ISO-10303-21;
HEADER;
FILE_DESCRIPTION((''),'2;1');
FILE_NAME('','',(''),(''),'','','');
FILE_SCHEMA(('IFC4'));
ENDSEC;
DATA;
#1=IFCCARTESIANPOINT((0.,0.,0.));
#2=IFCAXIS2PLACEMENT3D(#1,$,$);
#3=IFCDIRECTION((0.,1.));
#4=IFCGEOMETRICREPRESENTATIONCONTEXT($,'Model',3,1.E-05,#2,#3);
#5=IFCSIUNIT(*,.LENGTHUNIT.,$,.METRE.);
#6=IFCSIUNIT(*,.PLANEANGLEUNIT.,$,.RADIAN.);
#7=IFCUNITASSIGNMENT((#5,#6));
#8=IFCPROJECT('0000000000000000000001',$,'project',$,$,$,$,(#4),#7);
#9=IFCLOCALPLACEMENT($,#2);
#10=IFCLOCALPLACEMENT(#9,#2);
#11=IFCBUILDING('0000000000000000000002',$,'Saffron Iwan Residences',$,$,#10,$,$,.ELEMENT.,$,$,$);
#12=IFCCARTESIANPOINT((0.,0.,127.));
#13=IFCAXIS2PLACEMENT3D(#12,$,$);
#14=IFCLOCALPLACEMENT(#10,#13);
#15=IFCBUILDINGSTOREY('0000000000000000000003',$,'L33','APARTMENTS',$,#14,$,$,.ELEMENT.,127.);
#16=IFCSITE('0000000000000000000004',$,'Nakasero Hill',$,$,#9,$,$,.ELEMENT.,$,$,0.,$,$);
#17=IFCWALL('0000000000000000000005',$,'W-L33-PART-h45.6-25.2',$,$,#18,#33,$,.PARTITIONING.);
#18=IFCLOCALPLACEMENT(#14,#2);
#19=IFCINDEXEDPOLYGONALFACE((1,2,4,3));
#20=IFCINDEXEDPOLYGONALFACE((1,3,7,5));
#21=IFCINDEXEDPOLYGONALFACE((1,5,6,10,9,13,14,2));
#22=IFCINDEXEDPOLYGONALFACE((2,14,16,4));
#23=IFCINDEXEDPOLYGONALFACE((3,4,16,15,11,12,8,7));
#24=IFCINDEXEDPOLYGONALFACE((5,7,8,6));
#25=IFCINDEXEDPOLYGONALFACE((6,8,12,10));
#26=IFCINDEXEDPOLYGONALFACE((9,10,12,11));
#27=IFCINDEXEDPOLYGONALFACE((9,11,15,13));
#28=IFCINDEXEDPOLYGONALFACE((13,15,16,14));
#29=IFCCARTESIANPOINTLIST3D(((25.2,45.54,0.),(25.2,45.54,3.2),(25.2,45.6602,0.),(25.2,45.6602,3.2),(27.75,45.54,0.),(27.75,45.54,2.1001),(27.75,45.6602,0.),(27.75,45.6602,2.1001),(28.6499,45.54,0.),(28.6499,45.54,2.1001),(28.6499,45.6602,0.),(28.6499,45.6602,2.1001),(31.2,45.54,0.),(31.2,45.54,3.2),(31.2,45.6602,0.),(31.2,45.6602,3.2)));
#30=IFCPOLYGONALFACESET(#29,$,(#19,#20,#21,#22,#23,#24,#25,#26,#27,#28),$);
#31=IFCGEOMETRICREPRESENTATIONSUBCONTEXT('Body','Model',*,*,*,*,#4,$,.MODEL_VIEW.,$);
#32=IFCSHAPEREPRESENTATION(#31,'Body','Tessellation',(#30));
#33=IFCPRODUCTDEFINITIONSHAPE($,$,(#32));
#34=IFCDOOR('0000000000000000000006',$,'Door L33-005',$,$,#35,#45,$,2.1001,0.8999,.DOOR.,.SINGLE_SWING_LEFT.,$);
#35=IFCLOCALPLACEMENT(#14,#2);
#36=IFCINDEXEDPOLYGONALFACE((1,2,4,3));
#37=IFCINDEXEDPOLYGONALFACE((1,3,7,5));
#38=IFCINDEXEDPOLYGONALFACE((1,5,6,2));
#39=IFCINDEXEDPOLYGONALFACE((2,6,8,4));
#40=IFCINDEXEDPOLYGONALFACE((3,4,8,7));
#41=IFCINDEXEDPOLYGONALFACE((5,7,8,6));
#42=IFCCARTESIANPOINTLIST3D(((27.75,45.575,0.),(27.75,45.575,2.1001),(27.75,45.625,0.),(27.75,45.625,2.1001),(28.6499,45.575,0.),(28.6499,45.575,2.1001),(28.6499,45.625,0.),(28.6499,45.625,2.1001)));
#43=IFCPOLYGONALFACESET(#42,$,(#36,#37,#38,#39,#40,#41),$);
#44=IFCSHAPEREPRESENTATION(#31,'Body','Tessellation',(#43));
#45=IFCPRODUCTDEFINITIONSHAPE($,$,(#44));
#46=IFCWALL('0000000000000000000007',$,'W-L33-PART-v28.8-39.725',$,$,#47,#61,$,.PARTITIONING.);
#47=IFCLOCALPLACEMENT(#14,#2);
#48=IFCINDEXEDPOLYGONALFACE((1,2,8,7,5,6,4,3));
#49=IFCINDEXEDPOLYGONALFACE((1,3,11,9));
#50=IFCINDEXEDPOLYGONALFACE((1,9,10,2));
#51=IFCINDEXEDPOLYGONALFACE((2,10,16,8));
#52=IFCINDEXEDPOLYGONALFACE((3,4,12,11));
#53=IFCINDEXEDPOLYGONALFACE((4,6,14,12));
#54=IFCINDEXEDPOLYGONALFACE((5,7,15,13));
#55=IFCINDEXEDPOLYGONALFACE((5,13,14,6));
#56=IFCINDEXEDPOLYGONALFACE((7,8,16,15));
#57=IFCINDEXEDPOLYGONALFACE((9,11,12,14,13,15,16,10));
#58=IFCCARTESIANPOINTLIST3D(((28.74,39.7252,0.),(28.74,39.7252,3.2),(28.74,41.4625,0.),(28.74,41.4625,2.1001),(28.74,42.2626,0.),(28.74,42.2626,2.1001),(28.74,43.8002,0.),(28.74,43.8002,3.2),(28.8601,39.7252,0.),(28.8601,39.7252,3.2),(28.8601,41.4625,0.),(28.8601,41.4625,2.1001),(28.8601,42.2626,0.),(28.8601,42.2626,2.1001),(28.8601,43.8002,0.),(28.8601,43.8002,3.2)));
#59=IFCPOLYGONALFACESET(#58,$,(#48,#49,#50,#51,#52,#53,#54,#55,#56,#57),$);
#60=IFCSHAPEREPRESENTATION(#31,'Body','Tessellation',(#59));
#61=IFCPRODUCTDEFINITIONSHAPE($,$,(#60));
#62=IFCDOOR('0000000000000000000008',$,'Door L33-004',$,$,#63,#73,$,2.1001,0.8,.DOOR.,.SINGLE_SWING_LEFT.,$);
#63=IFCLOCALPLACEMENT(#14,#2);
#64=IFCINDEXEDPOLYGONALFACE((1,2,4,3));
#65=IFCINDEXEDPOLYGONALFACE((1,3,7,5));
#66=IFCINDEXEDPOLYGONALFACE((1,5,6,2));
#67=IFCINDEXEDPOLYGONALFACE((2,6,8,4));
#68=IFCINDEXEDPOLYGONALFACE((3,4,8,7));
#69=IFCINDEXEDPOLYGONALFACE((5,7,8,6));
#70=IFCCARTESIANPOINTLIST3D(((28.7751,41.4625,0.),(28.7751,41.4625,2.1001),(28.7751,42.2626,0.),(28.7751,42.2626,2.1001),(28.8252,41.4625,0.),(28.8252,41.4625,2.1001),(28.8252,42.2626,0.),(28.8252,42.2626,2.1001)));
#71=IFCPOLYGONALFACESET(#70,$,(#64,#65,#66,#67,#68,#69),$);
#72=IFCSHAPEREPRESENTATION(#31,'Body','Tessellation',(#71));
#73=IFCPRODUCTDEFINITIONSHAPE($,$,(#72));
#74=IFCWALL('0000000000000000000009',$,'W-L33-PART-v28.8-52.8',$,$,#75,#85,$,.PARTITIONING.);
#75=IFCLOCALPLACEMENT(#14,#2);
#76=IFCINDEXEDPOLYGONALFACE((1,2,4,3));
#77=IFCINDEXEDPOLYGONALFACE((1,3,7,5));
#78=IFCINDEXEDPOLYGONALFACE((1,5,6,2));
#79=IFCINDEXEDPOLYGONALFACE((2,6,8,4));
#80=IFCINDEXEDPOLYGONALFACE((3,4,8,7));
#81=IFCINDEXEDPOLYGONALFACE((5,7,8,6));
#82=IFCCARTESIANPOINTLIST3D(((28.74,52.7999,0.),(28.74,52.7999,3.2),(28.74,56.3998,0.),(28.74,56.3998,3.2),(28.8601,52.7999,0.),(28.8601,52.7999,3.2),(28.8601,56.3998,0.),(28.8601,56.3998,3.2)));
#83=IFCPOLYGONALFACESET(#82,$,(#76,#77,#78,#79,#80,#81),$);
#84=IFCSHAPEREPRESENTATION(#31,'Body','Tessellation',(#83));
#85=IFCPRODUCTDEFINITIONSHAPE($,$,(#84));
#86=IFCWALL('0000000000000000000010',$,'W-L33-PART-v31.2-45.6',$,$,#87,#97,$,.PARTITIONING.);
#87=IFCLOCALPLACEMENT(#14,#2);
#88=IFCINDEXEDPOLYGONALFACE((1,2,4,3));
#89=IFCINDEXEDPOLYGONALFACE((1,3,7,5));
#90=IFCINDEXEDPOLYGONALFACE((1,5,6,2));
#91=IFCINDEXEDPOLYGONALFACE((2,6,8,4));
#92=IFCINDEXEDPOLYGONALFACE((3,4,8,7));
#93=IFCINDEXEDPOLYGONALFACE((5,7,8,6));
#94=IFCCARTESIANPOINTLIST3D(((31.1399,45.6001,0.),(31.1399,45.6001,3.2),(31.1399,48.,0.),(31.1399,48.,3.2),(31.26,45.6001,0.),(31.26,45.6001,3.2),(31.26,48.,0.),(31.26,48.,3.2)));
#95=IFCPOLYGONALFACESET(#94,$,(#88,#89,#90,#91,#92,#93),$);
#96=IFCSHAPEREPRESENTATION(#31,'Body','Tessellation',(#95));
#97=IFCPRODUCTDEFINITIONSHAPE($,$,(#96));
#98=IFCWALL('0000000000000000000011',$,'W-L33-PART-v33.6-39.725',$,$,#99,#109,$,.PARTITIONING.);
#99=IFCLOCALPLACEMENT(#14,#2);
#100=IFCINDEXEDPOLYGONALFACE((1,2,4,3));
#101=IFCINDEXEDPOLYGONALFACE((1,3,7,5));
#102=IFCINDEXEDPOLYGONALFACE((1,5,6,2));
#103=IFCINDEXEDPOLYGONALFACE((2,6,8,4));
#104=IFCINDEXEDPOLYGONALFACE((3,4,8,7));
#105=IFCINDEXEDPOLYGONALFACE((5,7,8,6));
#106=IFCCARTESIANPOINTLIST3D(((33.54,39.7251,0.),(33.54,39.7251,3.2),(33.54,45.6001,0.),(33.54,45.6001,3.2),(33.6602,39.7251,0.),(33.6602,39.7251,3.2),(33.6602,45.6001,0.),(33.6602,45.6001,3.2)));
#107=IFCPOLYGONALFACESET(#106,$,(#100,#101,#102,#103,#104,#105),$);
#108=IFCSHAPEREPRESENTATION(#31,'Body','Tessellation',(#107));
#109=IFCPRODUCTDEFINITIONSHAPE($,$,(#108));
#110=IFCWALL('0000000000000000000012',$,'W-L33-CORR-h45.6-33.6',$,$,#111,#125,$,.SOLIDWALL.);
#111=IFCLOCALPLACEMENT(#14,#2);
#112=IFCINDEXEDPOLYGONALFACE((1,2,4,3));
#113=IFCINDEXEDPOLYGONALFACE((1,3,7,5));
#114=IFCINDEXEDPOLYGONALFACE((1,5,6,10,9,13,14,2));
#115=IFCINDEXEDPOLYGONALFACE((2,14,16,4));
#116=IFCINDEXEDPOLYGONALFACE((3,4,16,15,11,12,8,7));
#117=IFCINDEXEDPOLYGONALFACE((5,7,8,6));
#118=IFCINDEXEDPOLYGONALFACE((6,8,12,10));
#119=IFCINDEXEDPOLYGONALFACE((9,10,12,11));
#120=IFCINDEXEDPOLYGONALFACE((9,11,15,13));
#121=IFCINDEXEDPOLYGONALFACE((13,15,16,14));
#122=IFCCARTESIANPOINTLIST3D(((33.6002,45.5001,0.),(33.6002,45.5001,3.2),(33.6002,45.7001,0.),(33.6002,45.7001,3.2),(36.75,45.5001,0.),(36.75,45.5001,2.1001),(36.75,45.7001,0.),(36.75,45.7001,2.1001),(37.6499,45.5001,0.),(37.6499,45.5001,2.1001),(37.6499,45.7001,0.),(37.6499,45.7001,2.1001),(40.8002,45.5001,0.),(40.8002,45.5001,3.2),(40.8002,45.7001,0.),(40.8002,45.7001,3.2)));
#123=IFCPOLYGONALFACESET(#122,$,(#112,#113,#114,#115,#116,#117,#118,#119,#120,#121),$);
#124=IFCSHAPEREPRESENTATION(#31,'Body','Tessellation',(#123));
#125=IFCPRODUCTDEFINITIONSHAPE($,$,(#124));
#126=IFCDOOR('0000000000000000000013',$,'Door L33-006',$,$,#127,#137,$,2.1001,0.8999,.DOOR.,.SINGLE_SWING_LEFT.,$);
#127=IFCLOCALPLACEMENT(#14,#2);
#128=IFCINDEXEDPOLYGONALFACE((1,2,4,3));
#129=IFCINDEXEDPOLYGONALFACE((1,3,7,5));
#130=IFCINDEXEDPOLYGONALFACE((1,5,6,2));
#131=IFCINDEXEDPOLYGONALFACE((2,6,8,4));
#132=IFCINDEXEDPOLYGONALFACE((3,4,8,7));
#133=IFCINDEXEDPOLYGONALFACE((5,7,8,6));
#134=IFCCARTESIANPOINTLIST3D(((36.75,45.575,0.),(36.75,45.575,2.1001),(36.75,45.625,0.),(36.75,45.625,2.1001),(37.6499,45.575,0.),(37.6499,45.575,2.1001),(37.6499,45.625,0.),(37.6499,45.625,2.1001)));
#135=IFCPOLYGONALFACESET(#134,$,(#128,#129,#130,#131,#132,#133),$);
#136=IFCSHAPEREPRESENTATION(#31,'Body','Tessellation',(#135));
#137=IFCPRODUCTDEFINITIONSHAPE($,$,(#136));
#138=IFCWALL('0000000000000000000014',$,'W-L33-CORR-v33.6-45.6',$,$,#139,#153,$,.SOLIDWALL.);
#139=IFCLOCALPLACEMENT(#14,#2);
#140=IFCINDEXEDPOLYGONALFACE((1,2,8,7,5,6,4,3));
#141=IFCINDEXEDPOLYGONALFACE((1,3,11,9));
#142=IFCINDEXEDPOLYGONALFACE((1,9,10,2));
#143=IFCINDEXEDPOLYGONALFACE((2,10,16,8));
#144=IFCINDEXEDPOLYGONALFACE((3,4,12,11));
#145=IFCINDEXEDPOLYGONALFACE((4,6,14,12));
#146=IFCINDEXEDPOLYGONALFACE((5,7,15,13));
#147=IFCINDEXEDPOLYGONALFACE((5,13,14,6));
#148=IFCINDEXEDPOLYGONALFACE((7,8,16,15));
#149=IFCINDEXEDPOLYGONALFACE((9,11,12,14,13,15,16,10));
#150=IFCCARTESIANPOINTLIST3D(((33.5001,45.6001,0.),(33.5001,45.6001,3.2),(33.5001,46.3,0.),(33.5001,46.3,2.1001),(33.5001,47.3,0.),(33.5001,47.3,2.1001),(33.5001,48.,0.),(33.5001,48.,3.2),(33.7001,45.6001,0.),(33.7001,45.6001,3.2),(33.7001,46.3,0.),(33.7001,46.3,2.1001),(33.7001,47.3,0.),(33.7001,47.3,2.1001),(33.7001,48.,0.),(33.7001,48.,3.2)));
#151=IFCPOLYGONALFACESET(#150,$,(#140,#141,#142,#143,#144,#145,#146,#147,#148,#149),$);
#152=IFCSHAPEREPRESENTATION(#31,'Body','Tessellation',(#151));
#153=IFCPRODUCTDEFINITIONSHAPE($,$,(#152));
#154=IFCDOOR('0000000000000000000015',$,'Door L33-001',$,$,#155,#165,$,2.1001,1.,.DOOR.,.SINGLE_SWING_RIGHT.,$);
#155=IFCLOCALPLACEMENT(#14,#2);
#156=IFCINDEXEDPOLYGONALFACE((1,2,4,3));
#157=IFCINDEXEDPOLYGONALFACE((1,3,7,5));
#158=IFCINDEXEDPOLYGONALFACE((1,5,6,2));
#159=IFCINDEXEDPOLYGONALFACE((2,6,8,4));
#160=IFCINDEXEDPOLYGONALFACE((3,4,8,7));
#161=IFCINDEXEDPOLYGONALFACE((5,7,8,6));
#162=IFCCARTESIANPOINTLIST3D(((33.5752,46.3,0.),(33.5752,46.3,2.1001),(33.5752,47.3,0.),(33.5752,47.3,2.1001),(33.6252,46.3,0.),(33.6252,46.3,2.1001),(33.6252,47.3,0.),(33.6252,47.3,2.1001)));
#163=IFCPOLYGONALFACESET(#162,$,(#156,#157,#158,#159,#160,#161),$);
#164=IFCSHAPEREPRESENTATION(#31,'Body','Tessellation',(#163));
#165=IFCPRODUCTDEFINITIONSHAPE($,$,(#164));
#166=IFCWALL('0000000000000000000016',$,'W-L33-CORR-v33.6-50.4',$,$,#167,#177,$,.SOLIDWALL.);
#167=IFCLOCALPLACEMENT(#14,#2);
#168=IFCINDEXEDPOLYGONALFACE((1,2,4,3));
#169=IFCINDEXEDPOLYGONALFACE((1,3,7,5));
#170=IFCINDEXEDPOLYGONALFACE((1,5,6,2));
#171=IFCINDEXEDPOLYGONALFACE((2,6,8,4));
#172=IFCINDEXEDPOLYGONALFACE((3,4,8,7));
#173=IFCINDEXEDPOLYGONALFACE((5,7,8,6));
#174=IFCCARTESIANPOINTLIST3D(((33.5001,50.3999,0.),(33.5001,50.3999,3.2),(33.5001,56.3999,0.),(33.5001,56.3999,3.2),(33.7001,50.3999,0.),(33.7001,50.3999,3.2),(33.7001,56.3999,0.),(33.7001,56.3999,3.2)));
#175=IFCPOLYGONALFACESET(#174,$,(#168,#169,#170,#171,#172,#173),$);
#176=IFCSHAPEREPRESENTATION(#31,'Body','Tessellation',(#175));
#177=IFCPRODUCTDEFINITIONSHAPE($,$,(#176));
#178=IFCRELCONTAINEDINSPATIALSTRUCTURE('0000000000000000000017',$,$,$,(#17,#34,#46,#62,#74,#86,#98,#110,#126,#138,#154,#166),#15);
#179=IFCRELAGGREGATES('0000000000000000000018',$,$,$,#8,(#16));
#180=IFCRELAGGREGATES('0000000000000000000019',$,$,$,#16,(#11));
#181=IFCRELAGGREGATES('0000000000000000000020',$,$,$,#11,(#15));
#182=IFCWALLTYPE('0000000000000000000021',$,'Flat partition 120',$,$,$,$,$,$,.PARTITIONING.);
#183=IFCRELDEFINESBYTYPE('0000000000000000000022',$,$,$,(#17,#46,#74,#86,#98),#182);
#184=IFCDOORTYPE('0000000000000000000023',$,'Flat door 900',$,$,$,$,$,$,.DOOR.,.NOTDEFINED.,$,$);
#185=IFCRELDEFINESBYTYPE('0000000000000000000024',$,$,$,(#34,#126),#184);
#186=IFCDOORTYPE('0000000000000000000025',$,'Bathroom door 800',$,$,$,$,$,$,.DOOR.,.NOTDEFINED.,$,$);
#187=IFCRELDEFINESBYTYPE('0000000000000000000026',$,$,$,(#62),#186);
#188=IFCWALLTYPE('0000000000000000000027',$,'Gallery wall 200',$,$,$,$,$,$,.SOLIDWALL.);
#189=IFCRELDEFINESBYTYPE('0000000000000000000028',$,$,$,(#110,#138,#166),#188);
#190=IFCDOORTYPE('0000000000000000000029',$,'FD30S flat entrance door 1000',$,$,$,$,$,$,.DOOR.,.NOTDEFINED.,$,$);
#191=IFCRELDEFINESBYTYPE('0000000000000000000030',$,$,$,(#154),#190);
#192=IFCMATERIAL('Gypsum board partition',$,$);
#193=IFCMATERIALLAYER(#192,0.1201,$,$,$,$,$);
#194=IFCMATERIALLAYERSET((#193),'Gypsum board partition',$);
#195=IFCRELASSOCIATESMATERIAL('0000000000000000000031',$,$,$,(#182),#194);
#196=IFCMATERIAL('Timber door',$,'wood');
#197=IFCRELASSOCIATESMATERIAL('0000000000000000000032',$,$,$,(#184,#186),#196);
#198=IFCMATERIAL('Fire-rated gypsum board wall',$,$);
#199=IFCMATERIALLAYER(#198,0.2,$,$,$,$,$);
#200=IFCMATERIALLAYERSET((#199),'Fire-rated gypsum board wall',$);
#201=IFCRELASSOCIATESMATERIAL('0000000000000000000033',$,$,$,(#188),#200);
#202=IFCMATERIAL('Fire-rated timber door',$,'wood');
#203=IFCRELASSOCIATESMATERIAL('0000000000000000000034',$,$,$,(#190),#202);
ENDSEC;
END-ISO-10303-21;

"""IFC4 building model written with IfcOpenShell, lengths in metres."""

from ifc_helpers import new_model, si_unit, direction, frame, frame_2d, origin, place, context, subcontext, project, spatial, rectangle, extrude, material, layer, layer_set, type_object, element, fill, save


model = new_model("IFC4")

# Units and contexts
model_context = context("Model", 3, precision=1e-05, world=origin(), true_north=direction((0.0, 1.0)))
body_context = subcontext(model_context, "Body", "Model", "MODEL_VIEW")
ifc_project = project(units=[si_unit("LENGTHUNIT", "METRE"), si_unit("PLANEANGLEUNIT", "RADIAN")], contexts=[model_context])

# Site, building, storey
site_placement = place(None, origin())
site = spatial("IfcSite", under=ifc_project, at=site_placement, Name="Nakasero Hill", CompositionType="ELEMENT", RefElevation=0.0)
building_placement = place(site_placement, origin())
building = spatial("IfcBuilding", under=site, at=building_placement, Name="Saffron Iwan Residences", CompositionType="ELEMENT")
storey_placement = place(building_placement, frame((0.0, 0.0, 127.0)))
storey = spatial("IfcBuildingStorey", under=building, at=storey_placement, Name="L33", Description="APARTMENTS", CompositionType="ELEMENT", Elevation=127.0)

# Shared definitions
ifc_material_1 = material(Name="Gypsum board partition")
ifc_layer_1 = layer(ifc_material_1, 0.1201)
ifc_layer_set_1 = layer_set([ifc_layer_1], Name="Gypsum board partition")
wall_type_1 = type_object("IfcWallType", Name="Flat partition 120", PredefinedType="PARTITIONING", material=ifc_layer_set_1)

# Walls, openings, doors
ifc_material_2 = material(Name="Timber door", Category="wood")
door_type_1 = type_object("IfcDoorType", Name="Flat door 900", OperationType="NOTDEFINED", PredefinedType="DOOR", material=ifc_material_2)
wall_1_placement = place(storey_placement, frame((25.2, 45.6001, 0.0), z_axis=(0.0, 0.0, 1.0), x_axis=(1.0, 0.0, 0.0)))
wall_1 = element("IfcWall", 1, at=wall_1_placement, inside=storey, type_object=wall_type_1, Name="W-L33-PART-h45.6-25.2", PredefinedType="PARTITIONING", context=body_context, shape_type="SweptSolid", body=[
    extrude(rectangle(XDim=6.0, YDim=0.1201, at=frame_2d((3.0, 0.0))), origin(), (0.0, 0.0, 1.0), 3.2),
])
opening_1_placement = place(wall_1_placement, frame((2.55, 0.0, 0.0)))
opening_1 = element("IfcOpeningElement", 2, at=opening_1_placement, cuts=wall_1, PredefinedType="OPENING", context=body_context, shape_type="SweptSolid", body=[
    extrude(rectangle(XDim=0.8999, YDim=2.1001, at=frame_2d((0.45, 1.05))), frame((0.0, 0.0701, 0.0), z_axis=(0.0, -1.0, 0.0), x_axis=(1.0, 0.0, 0.0)), (0.0, 0.0, 1.0), 0.1401),
])
door_1_placement = place(opening_1_placement, origin())
door_1 = element("IfcDoor", 3, at=door_1_placement, inside=storey, type_object=door_type_1, Name="Door L33-005", OperationType="SINGLE_SWING_LEFT", OverallHeight=2.1001, OverallWidth=0.8999, PredefinedType="DOOR", context=body_context, shape_type="SweptSolid", body=[
    extrude(rectangle(XDim=0.8999, YDim=2.1001, at=frame_2d((0.45, 1.05))), frame((0.0, 0.0249, 0.0), z_axis=(0.0, -1.0, 0.0), x_axis=(1.0, 0.0, 0.0)), (0.0, 0.0, 1.0), 0.05),
])
fill(opening_1, door_1)
wall_2_placement = place(storey_placement, frame((28.8, 39.7251, 0.0), z_axis=(0.0, 0.0, 1.0), x_axis=(0.0, 1.0, 0.0)))
wall_2 = element("IfcWall", 4, at=wall_2_placement, inside=storey, type_object=wall_type_1, Name="W-L33-PART-v28.8-39.725", PredefinedType="PARTITIONING", context=body_context, shape_type="SweptSolid", body=[
    extrude(rectangle(XDim=4.075, YDim=0.1201, at=frame_2d((2.0376, 0.0))), origin(), (0.0, 0.0, 1.0), 3.2),
])
opening_2_placement = place(wall_2_placement, frame((1.7375, 0.0, 0.0)))
opening_2 = element("IfcOpeningElement", 5, at=opening_2_placement, cuts=wall_2, PredefinedType="OPENING", context=body_context, shape_type="SweptSolid", body=[
    extrude(rectangle(XDim=0.8, YDim=2.1001, at=frame_2d((0.3999, 1.05))), frame((0.0, 0.0701, 0.0), z_axis=(0.0, -1.0, 0.0), x_axis=(1.0, 0.0, 0.0)), (0.0, 0.0, 1.0), 0.1401),
])
door_type_2 = type_object("IfcDoorType", Name="Bathroom door 800", OperationType="NOTDEFINED", PredefinedType="DOOR", material=ifc_material_2)
door_2_placement = place(opening_2_placement, origin())
door_2 = element("IfcDoor", 6, at=door_2_placement, inside=storey, type_object=door_type_2, Name="Door L33-004", OperationType="SINGLE_SWING_LEFT", OverallHeight=2.1001, OverallWidth=0.8, PredefinedType="DOOR", context=body_context, shape_type="SweptSolid", body=[
    extrude(rectangle(XDim=0.8, YDim=2.1001, at=frame_2d((0.3999, 1.05))), frame((0.0, 0.0249, 0.0), z_axis=(0.0, -1.0, 0.0), x_axis=(1.0, 0.0, 0.0)), (0.0, 0.0, 1.0), 0.05),
])
fill(opening_2, door_2)

# Walls
wall_3_placement = place(storey_placement, frame((28.8, 52.8, 0.0), z_axis=(0.0, 0.0, 1.0), x_axis=(0.0, 1.0, 0.0)))
element("IfcWall", 7, at=wall_3_placement, inside=storey, type_object=wall_type_1, Name="W-L33-PART-v28.8-52.8", PredefinedType="PARTITIONING", context=body_context, shape_type="SweptSolid", body=[
    extrude(rectangle(XDim=3.5999, YDim=0.1201, at=frame_2d((1.7998, 0.0))), origin(), (0.0, 0.0, 1.0), 3.2),
])
wall_4_placement = place(storey_placement, frame((31.2, 45.6001, 0.0), z_axis=(0.0, 0.0, 1.0), x_axis=(0.0, 1.0, 0.0)))
element("IfcWall", 8, at=wall_4_placement, inside=storey, type_object=wall_type_1, Name="W-L33-PART-v31.2-45.6", PredefinedType="PARTITIONING", context=body_context, shape_type="SweptSolid", body=[
    extrude(rectangle(XDim=2.3999, YDim=0.1201, at=frame_2d((1.2, 0.0))), origin(), (0.0, 0.0, 1.0), 3.2),
])
wall_5_placement = place(storey_placement, frame((33.6001, 39.7251, 0.0), z_axis=(0.0, 0.0, 1.0), x_axis=(0.0, 1.0, 0.0)))
element("IfcWall", 9, at=wall_5_placement, inside=storey, type_object=wall_type_1, Name="W-L33-PART-v33.6-39.725", PredefinedType="PARTITIONING", context=body_context, shape_type="SweptSolid", body=[
    extrude(rectangle(XDim=5.875, YDim=0.1201, at=frame_2d((2.9375, 0.0))), origin(), (0.0, 0.0, 1.0), 3.2),
])

# Walls, openings, doors
ifc_material_3 = material(Name="Fire-rated gypsum board wall")
ifc_layer_2 = layer(ifc_material_3, 0.2)
ifc_layer_set_2 = layer_set([ifc_layer_2], Name="Fire-rated gypsum board wall")
wall_type_2 = type_object("IfcWallType", Name="Gallery wall 200", PredefinedType="SOLIDWALL", material=ifc_layer_set_2)
wall_6_placement = place(storey_placement, frame((33.6001, 45.6001, 0.0), z_axis=(0.0, 0.0, 1.0), x_axis=(1.0, 0.0, 0.0)))
wall_6 = element("IfcWall", 10, at=wall_6_placement, inside=storey, type_object=wall_type_2, Name="W-L33-CORR-h45.6-33.6", PredefinedType="SOLIDWALL", context=body_context, shape_type="SweptSolid", body=[
    extrude(rectangle(XDim=7.2, YDim=0.2, at=frame_2d((3.6001, 0.0))), origin(), (0.0, 0.0, 1.0), 3.2),
])
opening_3_placement = place(wall_6_placement, frame((3.1499, 0.0, 0.0)))
opening_3 = element("IfcOpeningElement", 11, at=opening_3_placement, cuts=wall_6, PredefinedType="OPENING", context=body_context, shape_type="SweptSolid", body=[
    extrude(rectangle(XDim=0.8999, YDim=2.1001, at=frame_2d((0.45, 1.05))), frame((0.0, 0.1099, 0.0), z_axis=(0.0, -1.0, 0.0), x_axis=(1.0, 0.0, 0.0)), (0.0, 0.0, 1.0), 0.22),
])
door_3_placement = place(opening_3_placement, origin())
door_3 = element("IfcDoor", 12, at=door_3_placement, inside=storey, type_object=door_type_1, Name="Door L33-006", OperationType="SINGLE_SWING_LEFT", OverallHeight=2.1001, OverallWidth=0.8999, PredefinedType="DOOR", context=body_context, shape_type="SweptSolid", body=[
    extrude(rectangle(XDim=0.8999, YDim=2.1001, at=frame_2d((0.45, 1.05))), frame((0.0, 0.0249, 0.0), z_axis=(0.0, -1.0, 0.0), x_axis=(1.0, 0.0, 0.0)), (0.0, 0.0, 1.0), 0.05),
])
fill(opening_3, door_3)
wall_7_placement = place(storey_placement, frame((33.6001, 45.6001, 0.0), z_axis=(0.0, 0.0, 1.0), x_axis=(0.0, 1.0, 0.0)))
wall_7 = element("IfcWall", 13, at=wall_7_placement, inside=storey, type_object=wall_type_2, Name="W-L33-CORR-v33.6-45.6", PredefinedType="SOLIDWALL", context=body_context, shape_type="SweptSolid", body=[
    extrude(rectangle(XDim=2.3999, YDim=0.2, at=frame_2d((1.2, 0.0))), origin(), (0.0, 0.0, 1.0), 3.2),
])
opening_4_placement = place(wall_7_placement, frame((0.7, 0.0, 0.0)))
opening_4 = element("IfcOpeningElement", 14, at=opening_4_placement, cuts=wall_7, PredefinedType="OPENING", context=body_context, shape_type="SweptSolid", body=[
    extrude(rectangle(XDim=1.0, YDim=2.1001, at=frame_2d((0.5, 1.05))), frame((0.0, 0.1099, 0.0), z_axis=(0.0, -1.0, 0.0), x_axis=(1.0, 0.0, 0.0)), (0.0, 0.0, 1.0), 0.22),
])
ifc_material_4 = material(Name="Fire-rated timber door", Category="wood")
door_type_3 = type_object("IfcDoorType", Name="FD30S flat entrance door 1000", OperationType="NOTDEFINED", PredefinedType="DOOR", material=ifc_material_4)
door_4_placement = place(opening_4_placement, origin())
door_4 = element("IfcDoor", 15, at=door_4_placement, inside=storey, type_object=door_type_3, Name="Door L33-001", OperationType="SINGLE_SWING_RIGHT", OverallHeight=2.1001, OverallWidth=1.0, PredefinedType="DOOR", context=body_context, shape_type="SweptSolid", body=[
    extrude(rectangle(XDim=1.0, YDim=2.1001, at=frame_2d((0.5, 1.05))), frame((0.0, 0.0249, 0.0), z_axis=(0.0, -1.0, 0.0), x_axis=(1.0, 0.0, 0.0)), (0.0, 0.0, 1.0), 0.05),
])
fill(opening_4, door_4)

# Wall
wall_8_placement = place(storey_placement, frame((33.6001, 50.3999, 0.0), z_axis=(0.0, 0.0, 1.0), x_axis=(0.0, 1.0, 0.0)))
element("IfcWall", 16, at=wall_8_placement, inside=storey, type_object=wall_type_2, Name="W-L33-CORR-v33.6-50.4", PredefinedType="SOLIDWALL", context=body_context, shape_type="SweptSolid", body=[
    extrude(rectangle(XDim=6.0, YDim=0.2, at=frame_2d((3.0, 0.0))), origin(), (0.0, 0.0, 1.0), 3.2),
])

save(model, "model.ifc")
